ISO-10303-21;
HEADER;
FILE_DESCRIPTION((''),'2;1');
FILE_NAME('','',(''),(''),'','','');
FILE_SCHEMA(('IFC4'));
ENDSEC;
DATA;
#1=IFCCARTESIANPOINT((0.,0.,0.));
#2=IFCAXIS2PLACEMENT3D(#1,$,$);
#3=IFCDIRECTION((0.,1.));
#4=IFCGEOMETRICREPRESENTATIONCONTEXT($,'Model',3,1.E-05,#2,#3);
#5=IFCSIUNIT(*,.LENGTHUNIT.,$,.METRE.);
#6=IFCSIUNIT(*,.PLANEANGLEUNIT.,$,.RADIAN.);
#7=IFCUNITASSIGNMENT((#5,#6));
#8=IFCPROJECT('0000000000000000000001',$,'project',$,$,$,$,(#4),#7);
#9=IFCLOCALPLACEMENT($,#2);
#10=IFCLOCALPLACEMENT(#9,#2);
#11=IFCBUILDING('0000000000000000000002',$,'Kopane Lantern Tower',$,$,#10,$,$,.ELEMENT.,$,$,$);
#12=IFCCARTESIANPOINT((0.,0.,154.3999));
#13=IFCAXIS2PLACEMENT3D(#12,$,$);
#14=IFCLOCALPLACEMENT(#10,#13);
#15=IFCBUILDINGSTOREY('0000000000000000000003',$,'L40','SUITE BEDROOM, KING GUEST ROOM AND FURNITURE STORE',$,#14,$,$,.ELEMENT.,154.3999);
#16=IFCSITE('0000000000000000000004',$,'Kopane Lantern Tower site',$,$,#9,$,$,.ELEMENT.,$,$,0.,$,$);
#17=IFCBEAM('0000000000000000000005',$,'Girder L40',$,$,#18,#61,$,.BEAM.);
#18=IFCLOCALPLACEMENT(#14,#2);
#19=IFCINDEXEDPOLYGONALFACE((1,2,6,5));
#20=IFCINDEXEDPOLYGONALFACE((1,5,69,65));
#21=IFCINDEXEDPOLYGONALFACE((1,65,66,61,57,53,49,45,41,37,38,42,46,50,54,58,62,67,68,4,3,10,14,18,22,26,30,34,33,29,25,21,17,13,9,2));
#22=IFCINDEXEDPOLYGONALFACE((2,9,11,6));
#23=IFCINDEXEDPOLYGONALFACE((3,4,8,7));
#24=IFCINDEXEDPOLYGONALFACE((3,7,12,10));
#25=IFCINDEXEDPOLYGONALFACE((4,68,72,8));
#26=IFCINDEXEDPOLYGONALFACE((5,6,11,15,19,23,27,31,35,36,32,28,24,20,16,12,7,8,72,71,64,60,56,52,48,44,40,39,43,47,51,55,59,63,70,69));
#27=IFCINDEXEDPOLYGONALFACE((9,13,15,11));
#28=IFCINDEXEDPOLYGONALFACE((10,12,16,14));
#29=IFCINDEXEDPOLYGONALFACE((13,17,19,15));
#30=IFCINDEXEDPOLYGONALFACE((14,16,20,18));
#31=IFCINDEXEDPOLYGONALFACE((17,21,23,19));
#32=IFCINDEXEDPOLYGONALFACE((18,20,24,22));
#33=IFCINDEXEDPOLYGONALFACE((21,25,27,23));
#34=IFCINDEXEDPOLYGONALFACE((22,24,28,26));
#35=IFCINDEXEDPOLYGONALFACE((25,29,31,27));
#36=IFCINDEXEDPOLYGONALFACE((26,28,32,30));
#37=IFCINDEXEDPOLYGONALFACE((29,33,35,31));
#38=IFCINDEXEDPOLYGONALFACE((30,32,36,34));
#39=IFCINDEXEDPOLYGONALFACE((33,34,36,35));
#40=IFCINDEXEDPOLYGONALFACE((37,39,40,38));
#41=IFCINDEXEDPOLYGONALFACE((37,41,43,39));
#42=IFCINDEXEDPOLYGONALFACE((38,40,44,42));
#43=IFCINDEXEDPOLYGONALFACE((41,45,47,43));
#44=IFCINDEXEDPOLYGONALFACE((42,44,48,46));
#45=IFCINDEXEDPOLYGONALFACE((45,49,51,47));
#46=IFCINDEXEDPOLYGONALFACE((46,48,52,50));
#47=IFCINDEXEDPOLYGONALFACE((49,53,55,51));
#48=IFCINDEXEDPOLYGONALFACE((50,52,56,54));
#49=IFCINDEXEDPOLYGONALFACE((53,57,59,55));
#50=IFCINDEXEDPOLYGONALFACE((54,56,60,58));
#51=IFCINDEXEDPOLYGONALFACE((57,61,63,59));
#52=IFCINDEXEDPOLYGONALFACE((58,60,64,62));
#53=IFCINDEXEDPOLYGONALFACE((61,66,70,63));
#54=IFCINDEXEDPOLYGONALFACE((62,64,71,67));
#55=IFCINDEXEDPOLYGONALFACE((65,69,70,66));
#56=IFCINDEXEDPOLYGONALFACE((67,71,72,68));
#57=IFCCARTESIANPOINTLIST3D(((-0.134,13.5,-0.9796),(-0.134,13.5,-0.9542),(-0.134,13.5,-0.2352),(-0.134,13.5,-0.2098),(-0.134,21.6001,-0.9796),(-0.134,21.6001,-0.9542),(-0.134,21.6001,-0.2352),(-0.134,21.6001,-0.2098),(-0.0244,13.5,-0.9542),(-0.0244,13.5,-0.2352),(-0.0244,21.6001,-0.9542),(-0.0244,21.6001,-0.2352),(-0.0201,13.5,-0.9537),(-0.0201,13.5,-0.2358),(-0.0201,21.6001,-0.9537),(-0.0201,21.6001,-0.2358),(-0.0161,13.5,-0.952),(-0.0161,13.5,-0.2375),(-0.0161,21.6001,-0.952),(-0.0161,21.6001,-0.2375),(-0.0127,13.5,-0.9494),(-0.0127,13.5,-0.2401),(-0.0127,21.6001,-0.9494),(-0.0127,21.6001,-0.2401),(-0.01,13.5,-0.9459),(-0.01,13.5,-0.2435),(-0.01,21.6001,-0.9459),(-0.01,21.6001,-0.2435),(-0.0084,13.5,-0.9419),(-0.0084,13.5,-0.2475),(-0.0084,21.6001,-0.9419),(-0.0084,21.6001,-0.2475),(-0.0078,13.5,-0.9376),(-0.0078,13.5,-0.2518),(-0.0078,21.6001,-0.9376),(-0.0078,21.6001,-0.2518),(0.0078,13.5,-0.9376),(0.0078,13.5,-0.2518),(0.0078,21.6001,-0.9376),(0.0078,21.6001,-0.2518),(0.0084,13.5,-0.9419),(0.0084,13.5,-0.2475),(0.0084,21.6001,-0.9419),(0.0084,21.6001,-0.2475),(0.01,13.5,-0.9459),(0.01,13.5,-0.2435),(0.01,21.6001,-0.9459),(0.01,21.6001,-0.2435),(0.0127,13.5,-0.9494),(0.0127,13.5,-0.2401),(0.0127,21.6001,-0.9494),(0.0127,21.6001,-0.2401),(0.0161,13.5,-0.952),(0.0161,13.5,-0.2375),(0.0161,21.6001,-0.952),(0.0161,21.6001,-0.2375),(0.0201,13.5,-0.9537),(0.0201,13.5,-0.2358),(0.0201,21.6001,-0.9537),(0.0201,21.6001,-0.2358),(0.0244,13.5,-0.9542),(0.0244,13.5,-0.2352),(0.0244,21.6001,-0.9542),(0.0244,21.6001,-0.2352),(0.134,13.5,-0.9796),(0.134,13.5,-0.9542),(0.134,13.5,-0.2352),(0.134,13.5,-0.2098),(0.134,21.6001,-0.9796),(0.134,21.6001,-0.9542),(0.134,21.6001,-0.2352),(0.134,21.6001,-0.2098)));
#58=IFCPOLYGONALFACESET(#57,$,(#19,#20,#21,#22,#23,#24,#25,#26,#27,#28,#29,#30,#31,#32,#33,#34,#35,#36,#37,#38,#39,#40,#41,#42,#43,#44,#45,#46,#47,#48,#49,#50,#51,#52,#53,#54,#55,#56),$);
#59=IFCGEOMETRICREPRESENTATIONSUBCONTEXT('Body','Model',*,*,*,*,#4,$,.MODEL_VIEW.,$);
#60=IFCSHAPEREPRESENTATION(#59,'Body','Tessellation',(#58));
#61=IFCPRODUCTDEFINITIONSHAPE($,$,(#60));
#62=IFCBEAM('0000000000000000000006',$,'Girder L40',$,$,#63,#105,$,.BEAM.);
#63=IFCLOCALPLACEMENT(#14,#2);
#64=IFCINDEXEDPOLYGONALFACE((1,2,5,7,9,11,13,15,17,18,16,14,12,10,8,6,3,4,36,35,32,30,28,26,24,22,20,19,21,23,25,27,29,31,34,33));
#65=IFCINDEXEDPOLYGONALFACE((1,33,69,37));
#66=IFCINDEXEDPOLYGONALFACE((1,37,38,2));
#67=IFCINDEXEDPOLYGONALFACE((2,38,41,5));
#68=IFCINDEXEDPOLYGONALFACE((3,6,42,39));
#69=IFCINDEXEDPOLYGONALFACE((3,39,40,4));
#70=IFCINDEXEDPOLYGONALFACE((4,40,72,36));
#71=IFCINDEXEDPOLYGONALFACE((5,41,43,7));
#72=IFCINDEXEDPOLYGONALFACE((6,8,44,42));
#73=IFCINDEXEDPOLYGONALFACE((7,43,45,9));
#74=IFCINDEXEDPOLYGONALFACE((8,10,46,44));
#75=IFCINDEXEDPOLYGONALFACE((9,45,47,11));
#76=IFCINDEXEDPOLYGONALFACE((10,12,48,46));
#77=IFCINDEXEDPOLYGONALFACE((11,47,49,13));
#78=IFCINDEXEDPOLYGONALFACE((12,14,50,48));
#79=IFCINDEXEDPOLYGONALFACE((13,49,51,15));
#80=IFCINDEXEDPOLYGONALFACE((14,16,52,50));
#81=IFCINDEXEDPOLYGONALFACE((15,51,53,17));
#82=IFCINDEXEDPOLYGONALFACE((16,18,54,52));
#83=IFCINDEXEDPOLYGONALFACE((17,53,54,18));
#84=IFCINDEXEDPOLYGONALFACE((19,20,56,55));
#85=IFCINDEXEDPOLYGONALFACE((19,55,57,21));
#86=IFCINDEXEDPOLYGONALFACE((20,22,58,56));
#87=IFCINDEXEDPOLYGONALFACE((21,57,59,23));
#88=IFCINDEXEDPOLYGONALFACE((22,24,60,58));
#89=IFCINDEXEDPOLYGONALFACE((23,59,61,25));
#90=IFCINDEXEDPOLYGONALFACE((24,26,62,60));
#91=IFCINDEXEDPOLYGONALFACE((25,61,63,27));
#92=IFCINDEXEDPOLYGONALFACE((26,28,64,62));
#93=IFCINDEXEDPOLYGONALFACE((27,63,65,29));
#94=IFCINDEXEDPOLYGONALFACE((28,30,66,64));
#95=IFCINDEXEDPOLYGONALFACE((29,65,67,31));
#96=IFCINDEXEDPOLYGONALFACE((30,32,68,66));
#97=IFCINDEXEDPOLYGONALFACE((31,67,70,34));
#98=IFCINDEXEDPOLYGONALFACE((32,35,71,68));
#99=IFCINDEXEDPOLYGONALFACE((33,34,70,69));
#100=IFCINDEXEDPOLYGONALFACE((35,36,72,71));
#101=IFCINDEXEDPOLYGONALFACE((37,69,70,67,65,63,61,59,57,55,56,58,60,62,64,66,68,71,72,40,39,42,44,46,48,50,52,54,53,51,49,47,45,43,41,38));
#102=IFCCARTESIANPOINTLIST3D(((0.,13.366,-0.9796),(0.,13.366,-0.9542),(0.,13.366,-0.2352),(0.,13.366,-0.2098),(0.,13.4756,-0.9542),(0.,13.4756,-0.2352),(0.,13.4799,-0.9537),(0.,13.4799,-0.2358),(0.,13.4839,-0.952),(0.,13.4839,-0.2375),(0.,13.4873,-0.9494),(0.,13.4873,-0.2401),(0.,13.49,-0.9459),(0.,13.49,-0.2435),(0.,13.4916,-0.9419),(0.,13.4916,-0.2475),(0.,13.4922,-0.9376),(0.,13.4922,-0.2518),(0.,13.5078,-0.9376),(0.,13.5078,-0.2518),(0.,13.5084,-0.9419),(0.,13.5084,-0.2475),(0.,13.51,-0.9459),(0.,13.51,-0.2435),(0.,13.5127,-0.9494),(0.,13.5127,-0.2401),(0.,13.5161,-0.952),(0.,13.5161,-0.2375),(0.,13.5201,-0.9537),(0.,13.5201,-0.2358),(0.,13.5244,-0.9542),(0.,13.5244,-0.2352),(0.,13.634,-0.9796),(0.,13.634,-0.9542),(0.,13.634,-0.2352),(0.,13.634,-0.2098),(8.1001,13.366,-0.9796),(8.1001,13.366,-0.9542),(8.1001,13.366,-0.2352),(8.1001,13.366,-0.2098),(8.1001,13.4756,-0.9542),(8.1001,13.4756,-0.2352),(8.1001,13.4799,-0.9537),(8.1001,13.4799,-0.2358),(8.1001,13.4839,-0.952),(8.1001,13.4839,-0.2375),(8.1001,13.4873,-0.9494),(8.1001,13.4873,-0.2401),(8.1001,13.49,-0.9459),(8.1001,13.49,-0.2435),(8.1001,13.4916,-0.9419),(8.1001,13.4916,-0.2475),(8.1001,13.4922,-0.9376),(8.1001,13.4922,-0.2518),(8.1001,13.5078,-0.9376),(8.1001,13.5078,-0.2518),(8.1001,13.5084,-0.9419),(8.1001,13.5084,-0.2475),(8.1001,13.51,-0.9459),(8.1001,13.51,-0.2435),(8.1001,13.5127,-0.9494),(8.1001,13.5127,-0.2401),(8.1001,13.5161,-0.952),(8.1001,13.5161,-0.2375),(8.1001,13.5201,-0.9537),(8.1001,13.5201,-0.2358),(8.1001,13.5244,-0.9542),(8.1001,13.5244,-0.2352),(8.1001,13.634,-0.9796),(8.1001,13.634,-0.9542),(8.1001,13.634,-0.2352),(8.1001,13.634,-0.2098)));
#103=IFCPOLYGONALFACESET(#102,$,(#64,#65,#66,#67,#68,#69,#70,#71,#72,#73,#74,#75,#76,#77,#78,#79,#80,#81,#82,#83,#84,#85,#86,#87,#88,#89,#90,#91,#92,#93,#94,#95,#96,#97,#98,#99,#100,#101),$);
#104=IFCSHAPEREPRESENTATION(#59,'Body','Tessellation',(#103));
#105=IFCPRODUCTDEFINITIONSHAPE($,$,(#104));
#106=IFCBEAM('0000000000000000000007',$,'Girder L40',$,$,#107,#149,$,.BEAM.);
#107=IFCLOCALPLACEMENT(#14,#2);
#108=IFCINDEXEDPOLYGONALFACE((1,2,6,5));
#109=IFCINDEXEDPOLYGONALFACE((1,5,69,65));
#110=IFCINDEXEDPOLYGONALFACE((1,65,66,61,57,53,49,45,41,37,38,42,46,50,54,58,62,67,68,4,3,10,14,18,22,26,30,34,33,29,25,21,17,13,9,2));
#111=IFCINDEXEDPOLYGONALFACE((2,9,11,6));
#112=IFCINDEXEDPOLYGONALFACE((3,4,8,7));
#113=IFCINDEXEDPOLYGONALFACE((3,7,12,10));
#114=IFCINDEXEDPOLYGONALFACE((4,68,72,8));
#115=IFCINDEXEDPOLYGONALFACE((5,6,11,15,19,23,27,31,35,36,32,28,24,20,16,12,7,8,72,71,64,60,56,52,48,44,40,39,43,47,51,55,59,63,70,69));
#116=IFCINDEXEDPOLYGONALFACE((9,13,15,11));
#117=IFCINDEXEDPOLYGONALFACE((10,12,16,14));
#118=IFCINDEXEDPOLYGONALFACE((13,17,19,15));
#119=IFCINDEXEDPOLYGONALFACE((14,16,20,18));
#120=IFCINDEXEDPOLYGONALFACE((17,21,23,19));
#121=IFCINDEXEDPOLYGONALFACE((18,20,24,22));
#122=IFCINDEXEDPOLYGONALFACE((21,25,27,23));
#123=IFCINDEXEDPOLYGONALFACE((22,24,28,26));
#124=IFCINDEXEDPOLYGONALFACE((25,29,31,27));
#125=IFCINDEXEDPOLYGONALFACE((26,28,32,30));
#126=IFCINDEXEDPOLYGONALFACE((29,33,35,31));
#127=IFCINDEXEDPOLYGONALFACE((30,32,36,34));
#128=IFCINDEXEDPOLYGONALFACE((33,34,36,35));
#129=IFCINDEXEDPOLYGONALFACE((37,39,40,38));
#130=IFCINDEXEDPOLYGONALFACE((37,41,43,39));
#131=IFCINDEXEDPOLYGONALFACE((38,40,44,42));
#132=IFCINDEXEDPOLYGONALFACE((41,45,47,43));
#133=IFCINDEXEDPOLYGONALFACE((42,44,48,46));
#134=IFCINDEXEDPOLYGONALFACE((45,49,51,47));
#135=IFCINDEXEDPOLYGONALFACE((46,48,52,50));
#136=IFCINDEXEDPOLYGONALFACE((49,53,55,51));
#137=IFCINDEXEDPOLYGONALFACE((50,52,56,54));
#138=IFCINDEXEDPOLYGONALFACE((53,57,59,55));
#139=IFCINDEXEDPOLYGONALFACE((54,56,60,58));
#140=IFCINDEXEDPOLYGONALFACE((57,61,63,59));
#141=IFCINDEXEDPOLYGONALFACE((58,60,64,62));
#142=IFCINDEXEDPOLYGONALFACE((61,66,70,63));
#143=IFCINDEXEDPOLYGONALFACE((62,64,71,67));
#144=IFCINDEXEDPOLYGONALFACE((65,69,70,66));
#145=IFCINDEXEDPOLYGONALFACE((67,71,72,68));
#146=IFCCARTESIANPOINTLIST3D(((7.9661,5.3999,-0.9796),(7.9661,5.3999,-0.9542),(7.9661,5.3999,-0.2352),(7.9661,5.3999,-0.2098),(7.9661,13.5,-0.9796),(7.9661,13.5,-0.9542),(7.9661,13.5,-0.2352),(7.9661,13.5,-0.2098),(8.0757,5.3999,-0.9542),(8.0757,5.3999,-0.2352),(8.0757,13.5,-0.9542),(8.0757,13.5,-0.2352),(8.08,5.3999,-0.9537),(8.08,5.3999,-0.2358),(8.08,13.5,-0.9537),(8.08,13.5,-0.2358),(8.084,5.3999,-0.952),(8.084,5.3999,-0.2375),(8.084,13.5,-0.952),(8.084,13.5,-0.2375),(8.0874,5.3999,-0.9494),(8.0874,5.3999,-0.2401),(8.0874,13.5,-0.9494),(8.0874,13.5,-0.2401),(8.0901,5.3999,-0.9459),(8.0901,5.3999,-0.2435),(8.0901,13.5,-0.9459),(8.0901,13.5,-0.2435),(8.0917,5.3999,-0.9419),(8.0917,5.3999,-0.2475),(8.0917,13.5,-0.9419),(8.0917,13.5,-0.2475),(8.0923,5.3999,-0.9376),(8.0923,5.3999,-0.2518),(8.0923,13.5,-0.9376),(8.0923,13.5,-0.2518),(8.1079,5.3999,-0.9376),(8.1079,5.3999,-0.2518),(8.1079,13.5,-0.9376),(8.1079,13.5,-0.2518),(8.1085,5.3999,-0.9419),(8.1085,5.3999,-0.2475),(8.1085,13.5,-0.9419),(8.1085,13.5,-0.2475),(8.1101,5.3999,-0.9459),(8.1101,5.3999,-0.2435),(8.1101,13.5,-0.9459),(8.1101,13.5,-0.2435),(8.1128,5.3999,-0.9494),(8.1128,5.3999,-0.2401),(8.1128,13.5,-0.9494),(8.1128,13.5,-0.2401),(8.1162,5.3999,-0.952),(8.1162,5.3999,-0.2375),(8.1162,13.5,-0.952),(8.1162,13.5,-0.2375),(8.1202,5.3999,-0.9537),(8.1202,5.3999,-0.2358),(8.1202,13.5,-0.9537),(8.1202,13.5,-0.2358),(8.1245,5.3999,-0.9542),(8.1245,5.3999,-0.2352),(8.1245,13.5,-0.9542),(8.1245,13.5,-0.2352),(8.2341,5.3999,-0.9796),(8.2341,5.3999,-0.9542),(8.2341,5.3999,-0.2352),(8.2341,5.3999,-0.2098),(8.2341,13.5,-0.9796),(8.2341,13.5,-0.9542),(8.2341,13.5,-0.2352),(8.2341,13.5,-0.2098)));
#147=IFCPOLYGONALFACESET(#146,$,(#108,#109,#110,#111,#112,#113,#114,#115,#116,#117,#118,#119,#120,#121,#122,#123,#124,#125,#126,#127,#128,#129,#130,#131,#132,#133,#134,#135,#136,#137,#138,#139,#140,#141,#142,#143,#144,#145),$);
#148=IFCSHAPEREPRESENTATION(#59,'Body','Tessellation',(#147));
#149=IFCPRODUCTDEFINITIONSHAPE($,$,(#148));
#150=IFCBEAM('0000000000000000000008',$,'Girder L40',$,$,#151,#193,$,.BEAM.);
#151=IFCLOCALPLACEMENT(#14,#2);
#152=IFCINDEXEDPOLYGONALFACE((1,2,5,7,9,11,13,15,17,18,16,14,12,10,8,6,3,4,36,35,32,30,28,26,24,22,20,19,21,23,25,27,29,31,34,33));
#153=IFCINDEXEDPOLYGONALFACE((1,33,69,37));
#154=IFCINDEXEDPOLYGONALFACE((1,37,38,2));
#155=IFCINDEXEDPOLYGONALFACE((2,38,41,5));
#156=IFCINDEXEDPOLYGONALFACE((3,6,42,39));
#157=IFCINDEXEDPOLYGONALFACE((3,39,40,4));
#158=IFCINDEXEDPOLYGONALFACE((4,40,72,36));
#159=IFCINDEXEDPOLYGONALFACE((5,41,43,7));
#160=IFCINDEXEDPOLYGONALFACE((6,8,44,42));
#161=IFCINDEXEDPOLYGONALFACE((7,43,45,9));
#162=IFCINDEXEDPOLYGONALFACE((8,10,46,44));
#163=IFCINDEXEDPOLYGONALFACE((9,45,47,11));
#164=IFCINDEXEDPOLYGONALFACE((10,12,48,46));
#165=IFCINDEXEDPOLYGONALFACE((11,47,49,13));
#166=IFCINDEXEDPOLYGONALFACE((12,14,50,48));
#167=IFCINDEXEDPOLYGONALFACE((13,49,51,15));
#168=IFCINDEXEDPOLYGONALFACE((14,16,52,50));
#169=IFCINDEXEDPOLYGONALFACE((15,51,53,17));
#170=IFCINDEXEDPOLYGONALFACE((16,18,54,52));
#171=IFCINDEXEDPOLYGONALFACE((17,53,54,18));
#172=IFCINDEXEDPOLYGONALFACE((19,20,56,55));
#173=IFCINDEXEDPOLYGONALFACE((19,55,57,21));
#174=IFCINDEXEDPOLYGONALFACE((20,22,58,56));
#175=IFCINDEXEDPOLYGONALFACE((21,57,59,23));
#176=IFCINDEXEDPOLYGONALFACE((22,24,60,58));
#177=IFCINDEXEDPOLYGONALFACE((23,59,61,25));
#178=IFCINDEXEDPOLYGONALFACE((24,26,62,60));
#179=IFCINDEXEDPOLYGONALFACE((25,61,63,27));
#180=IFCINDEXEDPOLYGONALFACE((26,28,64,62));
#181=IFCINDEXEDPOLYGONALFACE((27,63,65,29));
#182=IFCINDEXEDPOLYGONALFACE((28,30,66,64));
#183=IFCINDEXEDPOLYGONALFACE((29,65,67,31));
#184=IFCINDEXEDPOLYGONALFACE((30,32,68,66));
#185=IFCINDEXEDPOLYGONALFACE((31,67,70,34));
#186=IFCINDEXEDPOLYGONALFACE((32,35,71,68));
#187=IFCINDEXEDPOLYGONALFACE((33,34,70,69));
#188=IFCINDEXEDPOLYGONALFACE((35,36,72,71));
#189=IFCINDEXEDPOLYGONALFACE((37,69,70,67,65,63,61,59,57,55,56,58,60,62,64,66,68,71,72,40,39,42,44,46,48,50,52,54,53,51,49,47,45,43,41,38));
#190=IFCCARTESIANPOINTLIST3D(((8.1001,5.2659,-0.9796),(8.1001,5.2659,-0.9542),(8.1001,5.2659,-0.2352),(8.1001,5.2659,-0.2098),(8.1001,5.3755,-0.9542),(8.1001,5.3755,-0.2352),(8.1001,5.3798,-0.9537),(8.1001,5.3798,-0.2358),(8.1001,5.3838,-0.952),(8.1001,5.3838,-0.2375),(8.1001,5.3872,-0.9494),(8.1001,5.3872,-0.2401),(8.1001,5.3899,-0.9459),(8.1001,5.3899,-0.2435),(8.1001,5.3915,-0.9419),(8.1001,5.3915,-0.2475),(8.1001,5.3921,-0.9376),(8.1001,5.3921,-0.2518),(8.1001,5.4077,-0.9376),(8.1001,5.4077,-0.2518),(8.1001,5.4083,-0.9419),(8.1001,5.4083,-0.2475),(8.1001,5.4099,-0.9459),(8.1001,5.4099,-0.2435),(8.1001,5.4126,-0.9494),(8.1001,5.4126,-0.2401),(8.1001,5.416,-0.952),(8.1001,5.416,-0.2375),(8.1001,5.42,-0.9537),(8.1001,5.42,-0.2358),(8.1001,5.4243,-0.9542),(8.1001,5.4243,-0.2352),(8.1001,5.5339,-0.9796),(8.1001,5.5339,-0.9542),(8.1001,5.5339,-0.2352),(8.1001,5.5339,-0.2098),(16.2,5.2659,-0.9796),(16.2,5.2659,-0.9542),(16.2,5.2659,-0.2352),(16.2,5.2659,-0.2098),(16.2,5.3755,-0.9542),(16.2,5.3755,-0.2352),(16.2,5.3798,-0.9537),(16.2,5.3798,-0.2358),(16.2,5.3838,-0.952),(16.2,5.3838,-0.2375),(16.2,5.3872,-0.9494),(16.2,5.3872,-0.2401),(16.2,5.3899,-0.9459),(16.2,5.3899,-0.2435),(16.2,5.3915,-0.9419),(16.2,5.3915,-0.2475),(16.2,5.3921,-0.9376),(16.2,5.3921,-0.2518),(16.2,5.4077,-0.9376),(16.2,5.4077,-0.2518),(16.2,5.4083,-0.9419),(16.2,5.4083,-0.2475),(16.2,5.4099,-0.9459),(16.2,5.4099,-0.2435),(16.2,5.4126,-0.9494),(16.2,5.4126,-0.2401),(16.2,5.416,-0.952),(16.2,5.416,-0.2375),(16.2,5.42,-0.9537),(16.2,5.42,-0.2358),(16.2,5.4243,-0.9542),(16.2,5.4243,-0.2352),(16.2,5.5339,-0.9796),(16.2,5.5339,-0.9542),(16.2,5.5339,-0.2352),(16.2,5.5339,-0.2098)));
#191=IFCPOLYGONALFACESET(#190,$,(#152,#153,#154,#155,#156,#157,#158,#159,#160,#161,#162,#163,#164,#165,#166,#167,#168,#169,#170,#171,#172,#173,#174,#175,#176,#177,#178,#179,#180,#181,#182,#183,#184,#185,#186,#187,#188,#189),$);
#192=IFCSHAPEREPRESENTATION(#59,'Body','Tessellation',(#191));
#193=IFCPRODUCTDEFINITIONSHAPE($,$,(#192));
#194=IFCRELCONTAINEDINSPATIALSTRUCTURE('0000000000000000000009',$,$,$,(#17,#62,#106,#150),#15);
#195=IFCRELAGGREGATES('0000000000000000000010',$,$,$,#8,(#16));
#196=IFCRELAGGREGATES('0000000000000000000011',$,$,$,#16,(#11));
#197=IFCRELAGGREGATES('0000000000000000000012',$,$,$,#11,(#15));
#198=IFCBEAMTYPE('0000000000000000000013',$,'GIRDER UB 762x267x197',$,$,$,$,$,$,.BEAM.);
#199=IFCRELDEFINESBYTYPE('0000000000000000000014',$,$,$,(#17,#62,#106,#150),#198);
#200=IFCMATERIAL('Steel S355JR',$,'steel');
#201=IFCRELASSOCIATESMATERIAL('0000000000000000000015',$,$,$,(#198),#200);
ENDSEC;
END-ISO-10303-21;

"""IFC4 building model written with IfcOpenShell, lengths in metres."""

from ifc_helpers import new_model, si_unit, direction, frame, origin, origin_2d, place, context, subcontext, project, spatial, i_section, extrude, material, material_profile, profile_set, type_object, element, save


model = new_model("IFC4")

# Units and contexts
model_context = context("Model", 3, precision=1e-05, world=origin(), true_north=direction((0.0, 1.0)))
body_context = subcontext(model_context, "Body", "Model", "MODEL_VIEW")
ifc_project = project(units=[si_unit("LENGTHUNIT", "METRE"), si_unit("PLANEANGLEUNIT", "RADIAN")], contexts=[model_context])

# Site, building, storey
site_placement = place(None, origin())
site = spatial("IfcSite", under=ifc_project, at=site_placement, Name="Kopane Lantern Tower site", CompositionType="ELEMENT", RefElevation=0.0)
building_placement = place(site_placement, origin())
building = spatial("IfcBuilding", under=site, at=building_placement, Name="Kopane Lantern Tower", CompositionType="ELEMENT")
storey_placement = place(building_placement, frame((0.0, 0.0, 154.3999)))
storey = spatial("IfcBuildingStorey", under=building, at=storey_placement, Name="L40", Description="SUITE BEDROOM, KING GUEST ROOM AND FURNITURE STORE", CompositionType="ELEMENT", Elevation=154.3999)

# Beams
ifc_material_1 = material(Name="Steel S355JR", Category="steel")
ifc_material_profile_1 = material_profile(ifc_material_1, i_section(OverallWidth=0.2681, OverallDepth=0.7698, WebThickness=0.0156, FlangeThickness=0.0254, FilletRadius=0.0166, at=origin_2d()), Name="UB 762x267x197")
ifc_profile_set_1 = profile_set([ifc_material_profile_1], Name="Steel S355JR")
beam_type_1 = type_object("IfcBeamType", Name="GIRDER UB 762x267x197", PredefinedType="BEAM", material=ifc_profile_set_1)
for number, where, z_axis, x_axis, name in (
    (1, (0.0, 13.5, -0.5947), (0.0, 1.0, 0.0), (-1.0, 0.0, 0.0), "Girder L40"),
    (2, (0.0, 13.5, -0.5947), (1.0, 0.0, 0.0), (0.0, 1.0, 0.0), "Girder L40"),
    (3, (8.1001, 5.3999, -0.5947), (0.0, 1.0, 0.0), (-1.0, 0.0, 0.0), "Girder L40"),
):
    element("IfcBeam", number, at=place(storey_placement, frame(where, z_axis=z_axis, x_axis=x_axis)), inside=storey, type_object=beam_type_1, Name=name, PredefinedType="BEAM", context=body_context, shape_type="SweptSolid", body=[
        extrude(i_section(OverallWidth=0.2681, OverallDepth=0.7698, WebThickness=0.0156, FlangeThickness=0.0254, FilletRadius=0.0166, at=origin_2d()), origin(), (0.0, 0.0, 1.0), 8.1001),
    ])
beam_1_placement = place(storey_placement, frame((8.1001, 5.3999, -0.5947), z_axis=(1.0, 0.0, 0.0), x_axis=(0.0, 1.0, 0.0)))
element("IfcBeam", 4, at=beam_1_placement, inside=storey, type_object=beam_type_1, Name="Girder L40", PredefinedType="BEAM", context=body_context, shape_type="SweptSolid", body=[
    extrude(i_section(OverallWidth=0.2681, OverallDepth=0.7698, WebThickness=0.0156, FlangeThickness=0.0254, FilletRadius=0.0166, at=origin_2d()), origin(), (0.0, 0.0, 1.0), 8.0999),
])

save(model, "model.ifc")
